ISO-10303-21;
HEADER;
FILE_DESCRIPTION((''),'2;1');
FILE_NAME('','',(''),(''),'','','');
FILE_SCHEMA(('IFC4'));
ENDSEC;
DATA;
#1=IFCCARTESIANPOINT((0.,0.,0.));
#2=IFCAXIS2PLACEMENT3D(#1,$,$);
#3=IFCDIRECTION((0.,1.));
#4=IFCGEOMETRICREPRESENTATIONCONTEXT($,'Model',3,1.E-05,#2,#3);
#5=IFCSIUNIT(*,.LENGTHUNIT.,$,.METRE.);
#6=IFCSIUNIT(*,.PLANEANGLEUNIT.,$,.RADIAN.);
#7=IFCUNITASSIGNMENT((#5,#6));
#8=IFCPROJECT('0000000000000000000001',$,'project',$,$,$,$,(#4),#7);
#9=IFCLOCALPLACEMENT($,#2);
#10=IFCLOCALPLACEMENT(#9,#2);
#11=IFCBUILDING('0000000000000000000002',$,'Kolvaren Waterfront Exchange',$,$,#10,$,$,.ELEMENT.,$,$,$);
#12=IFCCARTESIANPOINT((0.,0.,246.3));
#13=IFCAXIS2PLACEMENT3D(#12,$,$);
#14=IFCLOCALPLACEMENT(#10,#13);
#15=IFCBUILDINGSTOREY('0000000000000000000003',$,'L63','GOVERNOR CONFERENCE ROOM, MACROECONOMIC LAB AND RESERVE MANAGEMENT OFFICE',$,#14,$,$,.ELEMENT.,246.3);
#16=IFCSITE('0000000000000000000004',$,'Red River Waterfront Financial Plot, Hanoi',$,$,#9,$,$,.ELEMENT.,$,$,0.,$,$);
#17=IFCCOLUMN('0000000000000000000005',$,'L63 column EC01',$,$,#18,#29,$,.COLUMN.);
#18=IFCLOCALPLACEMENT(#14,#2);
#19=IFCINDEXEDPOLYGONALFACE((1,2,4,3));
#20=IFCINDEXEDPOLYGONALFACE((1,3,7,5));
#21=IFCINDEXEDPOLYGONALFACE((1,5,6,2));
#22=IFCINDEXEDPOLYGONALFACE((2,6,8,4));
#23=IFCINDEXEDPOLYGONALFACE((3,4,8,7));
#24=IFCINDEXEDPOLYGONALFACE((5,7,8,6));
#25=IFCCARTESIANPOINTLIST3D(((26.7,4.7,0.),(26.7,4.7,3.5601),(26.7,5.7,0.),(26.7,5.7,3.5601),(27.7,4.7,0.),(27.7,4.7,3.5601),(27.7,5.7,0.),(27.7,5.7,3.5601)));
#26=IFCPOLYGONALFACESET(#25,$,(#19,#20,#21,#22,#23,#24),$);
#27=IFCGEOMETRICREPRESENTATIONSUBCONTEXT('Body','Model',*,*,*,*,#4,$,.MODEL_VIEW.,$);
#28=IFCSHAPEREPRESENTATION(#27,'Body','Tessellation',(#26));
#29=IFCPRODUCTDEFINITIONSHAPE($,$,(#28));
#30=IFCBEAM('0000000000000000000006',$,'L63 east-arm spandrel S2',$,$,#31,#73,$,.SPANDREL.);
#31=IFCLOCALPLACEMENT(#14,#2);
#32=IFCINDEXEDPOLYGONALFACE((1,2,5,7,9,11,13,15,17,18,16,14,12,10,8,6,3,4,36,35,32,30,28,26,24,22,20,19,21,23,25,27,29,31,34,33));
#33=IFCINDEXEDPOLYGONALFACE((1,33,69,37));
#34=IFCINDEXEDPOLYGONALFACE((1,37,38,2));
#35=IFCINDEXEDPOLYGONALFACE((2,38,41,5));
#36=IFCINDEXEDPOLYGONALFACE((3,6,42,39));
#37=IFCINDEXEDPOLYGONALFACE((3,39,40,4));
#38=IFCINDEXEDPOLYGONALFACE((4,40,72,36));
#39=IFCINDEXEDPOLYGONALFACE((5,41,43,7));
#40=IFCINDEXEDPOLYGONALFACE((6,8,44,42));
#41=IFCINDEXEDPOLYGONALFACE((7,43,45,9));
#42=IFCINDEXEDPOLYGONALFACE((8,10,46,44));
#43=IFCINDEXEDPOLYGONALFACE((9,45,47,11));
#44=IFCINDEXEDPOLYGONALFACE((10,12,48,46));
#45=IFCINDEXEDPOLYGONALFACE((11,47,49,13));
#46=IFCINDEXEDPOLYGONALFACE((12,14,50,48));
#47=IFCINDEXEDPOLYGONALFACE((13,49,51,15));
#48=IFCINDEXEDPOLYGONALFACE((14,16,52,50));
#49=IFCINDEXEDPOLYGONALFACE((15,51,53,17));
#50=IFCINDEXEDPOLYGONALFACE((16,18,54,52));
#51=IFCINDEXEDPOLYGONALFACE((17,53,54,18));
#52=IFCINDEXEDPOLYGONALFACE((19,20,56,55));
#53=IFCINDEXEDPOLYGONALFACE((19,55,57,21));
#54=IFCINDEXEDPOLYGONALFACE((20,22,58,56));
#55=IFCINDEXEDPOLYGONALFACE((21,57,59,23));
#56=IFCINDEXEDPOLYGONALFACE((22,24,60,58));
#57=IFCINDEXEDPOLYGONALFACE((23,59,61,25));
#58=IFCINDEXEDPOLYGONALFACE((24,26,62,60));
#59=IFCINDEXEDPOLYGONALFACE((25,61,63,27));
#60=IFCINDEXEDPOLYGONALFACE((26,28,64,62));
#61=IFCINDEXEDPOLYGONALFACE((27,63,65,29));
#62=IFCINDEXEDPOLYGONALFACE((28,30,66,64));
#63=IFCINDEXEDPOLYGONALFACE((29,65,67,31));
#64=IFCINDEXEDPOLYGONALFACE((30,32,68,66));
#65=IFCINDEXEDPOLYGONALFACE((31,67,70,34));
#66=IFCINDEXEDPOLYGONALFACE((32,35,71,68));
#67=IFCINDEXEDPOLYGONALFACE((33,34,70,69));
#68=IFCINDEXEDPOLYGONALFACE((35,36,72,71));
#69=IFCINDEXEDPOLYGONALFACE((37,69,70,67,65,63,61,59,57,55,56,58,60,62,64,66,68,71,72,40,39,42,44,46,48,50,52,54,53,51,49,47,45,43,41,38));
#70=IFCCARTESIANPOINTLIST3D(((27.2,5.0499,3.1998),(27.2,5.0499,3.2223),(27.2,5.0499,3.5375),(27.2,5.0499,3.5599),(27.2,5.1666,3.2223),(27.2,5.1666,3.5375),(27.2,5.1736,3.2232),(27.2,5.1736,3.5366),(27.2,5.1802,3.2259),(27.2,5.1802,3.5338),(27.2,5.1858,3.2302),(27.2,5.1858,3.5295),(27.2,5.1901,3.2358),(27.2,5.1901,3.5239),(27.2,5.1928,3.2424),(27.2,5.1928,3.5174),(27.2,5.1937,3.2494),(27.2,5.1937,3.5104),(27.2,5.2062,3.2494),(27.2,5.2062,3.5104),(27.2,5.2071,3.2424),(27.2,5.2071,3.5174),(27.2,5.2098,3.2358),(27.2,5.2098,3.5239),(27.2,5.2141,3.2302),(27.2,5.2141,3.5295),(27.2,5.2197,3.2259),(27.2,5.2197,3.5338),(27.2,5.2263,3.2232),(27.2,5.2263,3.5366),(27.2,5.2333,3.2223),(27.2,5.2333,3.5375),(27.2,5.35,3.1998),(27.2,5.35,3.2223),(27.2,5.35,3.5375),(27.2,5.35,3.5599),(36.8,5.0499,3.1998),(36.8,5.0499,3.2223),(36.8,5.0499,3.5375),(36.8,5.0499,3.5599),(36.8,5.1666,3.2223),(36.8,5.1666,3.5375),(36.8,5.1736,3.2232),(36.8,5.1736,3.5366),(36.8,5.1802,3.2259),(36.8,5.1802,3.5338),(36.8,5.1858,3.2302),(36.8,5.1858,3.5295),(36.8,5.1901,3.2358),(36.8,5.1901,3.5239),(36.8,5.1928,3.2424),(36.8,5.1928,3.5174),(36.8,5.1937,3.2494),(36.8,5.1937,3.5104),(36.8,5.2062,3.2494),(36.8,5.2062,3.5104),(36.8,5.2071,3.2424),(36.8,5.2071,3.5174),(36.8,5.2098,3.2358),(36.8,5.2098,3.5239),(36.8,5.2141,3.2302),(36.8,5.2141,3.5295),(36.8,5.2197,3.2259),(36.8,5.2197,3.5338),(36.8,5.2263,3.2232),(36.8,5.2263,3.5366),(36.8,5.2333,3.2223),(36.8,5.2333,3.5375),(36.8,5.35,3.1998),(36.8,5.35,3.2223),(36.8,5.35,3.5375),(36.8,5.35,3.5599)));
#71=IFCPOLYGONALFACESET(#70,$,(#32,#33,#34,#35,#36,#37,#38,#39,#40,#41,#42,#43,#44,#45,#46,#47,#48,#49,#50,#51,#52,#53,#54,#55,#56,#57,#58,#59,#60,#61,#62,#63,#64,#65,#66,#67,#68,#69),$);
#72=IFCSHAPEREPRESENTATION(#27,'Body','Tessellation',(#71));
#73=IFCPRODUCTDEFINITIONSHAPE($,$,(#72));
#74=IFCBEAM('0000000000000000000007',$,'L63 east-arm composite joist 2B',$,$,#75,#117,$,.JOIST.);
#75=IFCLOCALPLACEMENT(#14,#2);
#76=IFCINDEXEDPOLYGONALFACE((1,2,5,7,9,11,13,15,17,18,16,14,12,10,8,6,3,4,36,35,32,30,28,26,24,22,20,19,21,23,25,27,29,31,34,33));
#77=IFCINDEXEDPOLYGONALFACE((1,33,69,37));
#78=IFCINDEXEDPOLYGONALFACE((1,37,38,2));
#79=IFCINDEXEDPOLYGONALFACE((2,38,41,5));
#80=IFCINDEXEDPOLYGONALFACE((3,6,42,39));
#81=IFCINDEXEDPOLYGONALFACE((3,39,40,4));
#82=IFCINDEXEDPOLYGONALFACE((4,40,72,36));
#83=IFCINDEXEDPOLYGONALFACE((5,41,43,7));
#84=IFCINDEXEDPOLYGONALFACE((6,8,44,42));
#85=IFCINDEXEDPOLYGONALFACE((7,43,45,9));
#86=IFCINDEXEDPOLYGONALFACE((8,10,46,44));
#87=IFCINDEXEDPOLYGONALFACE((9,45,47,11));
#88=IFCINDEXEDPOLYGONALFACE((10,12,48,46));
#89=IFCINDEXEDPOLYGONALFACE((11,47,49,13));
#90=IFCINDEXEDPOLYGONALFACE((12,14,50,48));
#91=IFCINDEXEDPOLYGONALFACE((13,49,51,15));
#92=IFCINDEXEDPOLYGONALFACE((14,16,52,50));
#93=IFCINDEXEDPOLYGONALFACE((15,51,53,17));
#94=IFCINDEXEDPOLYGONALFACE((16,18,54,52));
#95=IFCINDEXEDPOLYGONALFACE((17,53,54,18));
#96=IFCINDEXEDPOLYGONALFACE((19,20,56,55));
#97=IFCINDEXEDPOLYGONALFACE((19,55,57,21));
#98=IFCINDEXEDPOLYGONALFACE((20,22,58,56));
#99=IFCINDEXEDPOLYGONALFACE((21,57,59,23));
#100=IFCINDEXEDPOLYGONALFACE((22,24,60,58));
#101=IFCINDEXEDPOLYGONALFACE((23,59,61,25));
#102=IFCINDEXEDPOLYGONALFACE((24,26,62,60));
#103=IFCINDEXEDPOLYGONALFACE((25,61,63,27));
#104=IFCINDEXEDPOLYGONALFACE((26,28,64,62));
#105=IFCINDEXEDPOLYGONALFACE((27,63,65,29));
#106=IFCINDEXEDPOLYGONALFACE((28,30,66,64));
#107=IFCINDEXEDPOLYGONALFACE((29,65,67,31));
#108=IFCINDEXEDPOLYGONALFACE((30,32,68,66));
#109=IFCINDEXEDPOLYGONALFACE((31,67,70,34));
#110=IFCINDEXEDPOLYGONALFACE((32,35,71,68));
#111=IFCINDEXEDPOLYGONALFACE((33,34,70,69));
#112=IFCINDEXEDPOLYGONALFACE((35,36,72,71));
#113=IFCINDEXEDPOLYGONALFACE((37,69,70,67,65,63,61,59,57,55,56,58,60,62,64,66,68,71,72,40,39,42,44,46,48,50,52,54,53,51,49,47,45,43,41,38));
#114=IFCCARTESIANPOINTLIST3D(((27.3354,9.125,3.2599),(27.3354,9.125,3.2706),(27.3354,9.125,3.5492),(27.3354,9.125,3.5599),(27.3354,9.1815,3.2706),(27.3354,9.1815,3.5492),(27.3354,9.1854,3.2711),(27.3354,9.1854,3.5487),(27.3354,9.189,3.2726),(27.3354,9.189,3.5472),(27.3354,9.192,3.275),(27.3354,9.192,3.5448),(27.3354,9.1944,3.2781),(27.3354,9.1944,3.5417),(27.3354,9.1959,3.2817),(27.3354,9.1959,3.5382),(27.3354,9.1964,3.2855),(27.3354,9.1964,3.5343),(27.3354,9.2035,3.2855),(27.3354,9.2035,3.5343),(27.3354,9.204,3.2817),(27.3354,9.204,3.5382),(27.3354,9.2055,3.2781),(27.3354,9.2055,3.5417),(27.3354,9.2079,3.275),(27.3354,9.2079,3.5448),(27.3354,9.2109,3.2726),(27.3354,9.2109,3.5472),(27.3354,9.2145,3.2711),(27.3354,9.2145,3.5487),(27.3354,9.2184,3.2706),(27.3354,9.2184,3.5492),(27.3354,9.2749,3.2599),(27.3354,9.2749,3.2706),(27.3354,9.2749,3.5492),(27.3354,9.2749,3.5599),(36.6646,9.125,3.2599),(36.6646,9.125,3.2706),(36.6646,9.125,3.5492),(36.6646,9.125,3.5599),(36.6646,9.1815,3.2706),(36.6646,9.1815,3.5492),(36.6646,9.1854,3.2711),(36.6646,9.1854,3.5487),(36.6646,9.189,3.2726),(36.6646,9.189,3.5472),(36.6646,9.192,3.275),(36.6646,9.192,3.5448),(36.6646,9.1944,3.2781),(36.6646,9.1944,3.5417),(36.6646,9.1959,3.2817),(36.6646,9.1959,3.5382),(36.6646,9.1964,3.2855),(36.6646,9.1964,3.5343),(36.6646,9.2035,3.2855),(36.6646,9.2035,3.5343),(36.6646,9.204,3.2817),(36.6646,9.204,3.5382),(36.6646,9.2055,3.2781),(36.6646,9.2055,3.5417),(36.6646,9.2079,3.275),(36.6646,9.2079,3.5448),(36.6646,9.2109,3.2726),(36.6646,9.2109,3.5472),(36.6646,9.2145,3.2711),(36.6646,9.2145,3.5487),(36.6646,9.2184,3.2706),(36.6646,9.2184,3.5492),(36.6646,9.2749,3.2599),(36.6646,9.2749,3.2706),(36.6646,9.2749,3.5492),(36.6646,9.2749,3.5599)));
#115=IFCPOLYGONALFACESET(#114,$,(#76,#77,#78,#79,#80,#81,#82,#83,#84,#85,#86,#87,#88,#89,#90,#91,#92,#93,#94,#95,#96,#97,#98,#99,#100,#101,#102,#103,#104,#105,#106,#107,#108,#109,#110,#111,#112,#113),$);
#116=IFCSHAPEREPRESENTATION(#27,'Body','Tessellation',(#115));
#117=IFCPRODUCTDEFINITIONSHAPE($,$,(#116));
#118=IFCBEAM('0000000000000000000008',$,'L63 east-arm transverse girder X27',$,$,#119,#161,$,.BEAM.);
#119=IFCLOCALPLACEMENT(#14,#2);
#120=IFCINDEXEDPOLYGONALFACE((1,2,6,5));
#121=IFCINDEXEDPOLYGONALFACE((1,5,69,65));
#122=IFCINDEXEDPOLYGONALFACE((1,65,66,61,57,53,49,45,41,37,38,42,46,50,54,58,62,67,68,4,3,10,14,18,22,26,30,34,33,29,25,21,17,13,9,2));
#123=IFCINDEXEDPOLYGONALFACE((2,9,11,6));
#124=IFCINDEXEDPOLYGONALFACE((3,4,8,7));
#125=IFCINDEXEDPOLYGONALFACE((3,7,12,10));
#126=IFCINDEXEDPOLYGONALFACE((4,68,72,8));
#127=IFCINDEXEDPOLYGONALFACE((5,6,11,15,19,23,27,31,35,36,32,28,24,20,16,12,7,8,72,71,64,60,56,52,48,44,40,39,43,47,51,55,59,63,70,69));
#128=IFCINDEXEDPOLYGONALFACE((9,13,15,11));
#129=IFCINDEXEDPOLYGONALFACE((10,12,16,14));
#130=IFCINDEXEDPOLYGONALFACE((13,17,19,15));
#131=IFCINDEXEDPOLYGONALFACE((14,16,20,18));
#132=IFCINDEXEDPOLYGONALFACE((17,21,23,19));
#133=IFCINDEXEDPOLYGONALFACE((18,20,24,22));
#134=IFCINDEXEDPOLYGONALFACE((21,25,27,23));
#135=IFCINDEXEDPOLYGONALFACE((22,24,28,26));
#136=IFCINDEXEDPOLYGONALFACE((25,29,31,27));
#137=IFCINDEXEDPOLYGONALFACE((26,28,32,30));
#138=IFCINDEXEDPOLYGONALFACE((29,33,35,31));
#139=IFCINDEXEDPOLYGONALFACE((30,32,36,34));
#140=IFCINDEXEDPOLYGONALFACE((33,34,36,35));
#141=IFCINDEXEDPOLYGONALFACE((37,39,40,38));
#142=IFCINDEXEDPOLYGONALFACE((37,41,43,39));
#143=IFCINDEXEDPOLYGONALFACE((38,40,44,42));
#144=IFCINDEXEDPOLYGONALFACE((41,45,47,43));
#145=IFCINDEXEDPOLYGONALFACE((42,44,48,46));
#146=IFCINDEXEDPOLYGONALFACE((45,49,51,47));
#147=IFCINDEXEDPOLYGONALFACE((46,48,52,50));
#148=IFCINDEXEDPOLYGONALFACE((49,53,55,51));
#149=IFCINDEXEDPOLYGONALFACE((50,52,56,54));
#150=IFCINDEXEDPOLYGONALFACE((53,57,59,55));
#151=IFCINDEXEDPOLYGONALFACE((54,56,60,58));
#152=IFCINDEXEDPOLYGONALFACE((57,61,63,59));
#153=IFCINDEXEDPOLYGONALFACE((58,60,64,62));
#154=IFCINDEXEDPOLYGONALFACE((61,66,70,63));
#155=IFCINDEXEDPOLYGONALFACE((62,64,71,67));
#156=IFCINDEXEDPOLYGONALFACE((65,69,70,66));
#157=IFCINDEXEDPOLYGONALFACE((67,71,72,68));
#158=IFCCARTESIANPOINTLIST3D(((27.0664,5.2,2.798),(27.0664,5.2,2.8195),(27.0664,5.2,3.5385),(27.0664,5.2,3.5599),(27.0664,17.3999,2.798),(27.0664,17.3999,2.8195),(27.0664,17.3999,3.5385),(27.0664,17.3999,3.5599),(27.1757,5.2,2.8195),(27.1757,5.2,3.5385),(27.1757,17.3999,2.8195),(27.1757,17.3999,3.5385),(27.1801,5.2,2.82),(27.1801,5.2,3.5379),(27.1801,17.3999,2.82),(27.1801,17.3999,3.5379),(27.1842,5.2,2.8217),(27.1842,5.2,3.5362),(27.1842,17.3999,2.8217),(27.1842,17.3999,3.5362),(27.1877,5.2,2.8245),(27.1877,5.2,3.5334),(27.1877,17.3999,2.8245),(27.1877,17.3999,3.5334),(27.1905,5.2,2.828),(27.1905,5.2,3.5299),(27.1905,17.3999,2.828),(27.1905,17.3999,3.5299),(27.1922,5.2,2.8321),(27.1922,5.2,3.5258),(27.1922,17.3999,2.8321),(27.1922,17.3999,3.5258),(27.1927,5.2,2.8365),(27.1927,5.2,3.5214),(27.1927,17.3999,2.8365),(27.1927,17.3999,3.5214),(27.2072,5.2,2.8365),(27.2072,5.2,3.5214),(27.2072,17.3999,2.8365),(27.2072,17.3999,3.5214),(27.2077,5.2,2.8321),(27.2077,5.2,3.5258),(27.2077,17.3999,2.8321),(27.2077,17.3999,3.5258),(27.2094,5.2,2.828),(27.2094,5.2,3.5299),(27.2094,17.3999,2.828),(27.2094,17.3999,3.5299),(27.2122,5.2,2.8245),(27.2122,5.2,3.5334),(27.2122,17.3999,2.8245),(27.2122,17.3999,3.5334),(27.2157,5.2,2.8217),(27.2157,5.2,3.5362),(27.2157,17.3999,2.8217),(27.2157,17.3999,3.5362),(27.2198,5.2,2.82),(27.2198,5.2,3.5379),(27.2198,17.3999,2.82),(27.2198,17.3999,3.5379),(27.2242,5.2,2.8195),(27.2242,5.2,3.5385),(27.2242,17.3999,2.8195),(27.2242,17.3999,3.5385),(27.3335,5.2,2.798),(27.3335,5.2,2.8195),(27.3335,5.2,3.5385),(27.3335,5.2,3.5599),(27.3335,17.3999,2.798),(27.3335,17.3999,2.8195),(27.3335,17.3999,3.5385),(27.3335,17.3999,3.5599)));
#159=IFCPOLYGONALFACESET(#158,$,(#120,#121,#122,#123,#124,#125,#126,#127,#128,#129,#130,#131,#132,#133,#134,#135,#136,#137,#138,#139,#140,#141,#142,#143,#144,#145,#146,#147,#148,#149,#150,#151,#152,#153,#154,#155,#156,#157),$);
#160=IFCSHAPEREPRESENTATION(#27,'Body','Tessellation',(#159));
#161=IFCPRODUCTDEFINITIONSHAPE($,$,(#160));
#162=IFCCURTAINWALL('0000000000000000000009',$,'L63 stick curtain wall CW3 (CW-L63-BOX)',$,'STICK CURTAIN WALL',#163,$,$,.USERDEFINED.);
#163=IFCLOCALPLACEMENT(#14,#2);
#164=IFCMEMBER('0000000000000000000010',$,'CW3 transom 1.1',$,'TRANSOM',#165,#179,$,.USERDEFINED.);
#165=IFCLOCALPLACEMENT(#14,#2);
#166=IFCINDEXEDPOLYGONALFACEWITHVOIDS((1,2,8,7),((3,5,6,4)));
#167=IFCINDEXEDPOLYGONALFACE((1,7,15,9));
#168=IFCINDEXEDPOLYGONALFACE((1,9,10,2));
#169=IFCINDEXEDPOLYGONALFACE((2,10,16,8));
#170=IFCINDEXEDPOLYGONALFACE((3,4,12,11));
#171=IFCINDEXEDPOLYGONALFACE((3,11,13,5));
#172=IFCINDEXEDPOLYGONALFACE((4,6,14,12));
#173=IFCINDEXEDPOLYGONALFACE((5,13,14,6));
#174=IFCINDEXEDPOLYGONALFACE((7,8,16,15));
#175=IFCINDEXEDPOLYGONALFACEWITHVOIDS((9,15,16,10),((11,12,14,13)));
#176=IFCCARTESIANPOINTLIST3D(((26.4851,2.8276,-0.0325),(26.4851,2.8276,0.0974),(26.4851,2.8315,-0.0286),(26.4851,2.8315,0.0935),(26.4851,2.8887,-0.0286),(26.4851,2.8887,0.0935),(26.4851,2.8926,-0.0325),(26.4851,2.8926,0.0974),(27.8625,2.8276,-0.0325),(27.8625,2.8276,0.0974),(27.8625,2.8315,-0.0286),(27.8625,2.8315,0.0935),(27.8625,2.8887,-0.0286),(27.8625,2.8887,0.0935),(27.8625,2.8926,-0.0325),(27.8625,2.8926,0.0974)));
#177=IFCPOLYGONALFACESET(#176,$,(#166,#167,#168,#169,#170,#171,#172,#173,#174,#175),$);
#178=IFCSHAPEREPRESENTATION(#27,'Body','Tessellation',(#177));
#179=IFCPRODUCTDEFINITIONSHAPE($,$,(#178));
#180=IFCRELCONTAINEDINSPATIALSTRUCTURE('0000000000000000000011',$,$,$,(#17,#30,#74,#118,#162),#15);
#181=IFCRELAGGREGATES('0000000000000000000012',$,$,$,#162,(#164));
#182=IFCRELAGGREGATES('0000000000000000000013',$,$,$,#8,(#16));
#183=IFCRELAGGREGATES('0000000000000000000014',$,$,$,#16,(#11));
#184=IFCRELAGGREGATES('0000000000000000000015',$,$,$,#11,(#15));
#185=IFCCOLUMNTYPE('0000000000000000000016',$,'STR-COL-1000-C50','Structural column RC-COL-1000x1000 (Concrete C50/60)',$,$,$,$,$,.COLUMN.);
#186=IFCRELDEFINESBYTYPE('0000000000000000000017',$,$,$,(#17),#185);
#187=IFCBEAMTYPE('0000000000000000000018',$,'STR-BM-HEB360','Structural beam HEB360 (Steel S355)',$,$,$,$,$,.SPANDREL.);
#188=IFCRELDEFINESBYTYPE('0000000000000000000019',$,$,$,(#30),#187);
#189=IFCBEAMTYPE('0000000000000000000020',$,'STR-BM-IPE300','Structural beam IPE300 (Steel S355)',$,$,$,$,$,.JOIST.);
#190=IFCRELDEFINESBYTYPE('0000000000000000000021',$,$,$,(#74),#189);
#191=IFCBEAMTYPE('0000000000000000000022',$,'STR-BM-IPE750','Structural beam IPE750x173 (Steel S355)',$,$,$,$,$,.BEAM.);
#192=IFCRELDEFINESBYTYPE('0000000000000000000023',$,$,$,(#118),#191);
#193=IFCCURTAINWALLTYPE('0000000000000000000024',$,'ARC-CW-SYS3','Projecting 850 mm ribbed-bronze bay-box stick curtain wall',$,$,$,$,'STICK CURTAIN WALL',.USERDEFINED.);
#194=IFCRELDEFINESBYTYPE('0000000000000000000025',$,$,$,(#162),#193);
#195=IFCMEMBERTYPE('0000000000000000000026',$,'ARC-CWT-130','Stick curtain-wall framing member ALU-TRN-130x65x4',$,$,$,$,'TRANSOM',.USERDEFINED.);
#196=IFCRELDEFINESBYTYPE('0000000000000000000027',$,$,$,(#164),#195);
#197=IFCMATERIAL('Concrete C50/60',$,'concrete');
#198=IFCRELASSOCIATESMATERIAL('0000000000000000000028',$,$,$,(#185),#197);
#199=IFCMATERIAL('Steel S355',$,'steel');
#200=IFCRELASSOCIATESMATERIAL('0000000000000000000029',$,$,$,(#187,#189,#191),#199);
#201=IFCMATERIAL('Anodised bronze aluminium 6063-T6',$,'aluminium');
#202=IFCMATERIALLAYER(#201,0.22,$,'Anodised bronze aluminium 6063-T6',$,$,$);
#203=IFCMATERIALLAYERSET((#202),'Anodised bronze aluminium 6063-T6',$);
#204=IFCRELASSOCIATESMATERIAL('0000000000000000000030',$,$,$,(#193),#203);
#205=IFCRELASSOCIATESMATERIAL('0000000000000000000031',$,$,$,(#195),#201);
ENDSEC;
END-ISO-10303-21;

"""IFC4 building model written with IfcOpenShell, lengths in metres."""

from ifc_helpers import new_model, si_unit, direction, frame, origin, origin_with_axes, origin_2d, place, context, subcontext, project, spatial, rectangle, hollow_rectangle, i_section, extrude, source, transform, mapped, material, layer, layer_set, material_profile, profile_set, type_object, element, aggregate, save


model = new_model("IFC4")

# Units and contexts
model_context = context("Model", 3, precision=1e-05, world=origin(), true_north=direction((0.0, 1.0)))
body_context = subcontext(model_context, "Body", "Model", "MODEL_VIEW")
ifc_project = project(units=[si_unit("LENGTHUNIT", "METRE"), si_unit("PLANEANGLEUNIT", "RADIAN")], contexts=[model_context])

# Site, building, storey
site_placement = place(None, origin())
site = spatial("IfcSite", under=ifc_project, at=site_placement, Name="Red River Waterfront Financial Plot, Hanoi", CompositionType="ELEMENT", RefElevation=0.0)
building_placement = place(site_placement, origin())
building = spatial("IfcBuilding", under=site, at=building_placement, Name="Kolvaren Waterfront Exchange", CompositionType="ELEMENT")
storey_placement = place(building_placement, frame((0.0, 0.0, 246.3)))
storey = spatial("IfcBuildingStorey", under=building, at=storey_placement, Name="L63", Description="GOVERNOR CONFERENCE ROOM, MACROECONOMIC LAB AND RESERVE MANAGEMENT OFFICE", CompositionType="ELEMENT", Elevation=246.3)

# Column
ifc_material_1 = material(Name="Concrete C50/60", Category="concrete")
ifc_material_profile_1 = material_profile(ifc_material_1, rectangle(XDim=1.0, YDim=1.0, at=origin_2d()), Name="RC-COL-1000x1000")
ifc_profile_set_1 = profile_set([ifc_material_profile_1], Name="Concrete C50/60")
column_type = type_object("IfcColumnType", Name="STR-COL-1000-C50", Description="Structural column RC-COL-1000x1000 (Concrete C50/60)", PredefinedType="COLUMN", material=ifc_profile_set_1)
column_placement = place(storey_placement, frame((27.2, 5.2, 0.0), z_axis=(0.0, 0.0, 1.0), x_axis=(1.0, 0.0, 0.0)))
element("IfcColumn", 1, at=column_placement, inside=storey, type_object=column_type, Name="L63 column EC01", PredefinedType="COLUMN", context=body_context, shape_type="SweptSolid", body=[
    extrude(rectangle(XDim=1.0, YDim=1.0, at=origin_2d()), origin(), (0.0, 0.0, 1.0), 3.5601),
])

# Beams
ifc_material_2 = material(Name="Steel S355", Category="steel")
ifc_material_profile_2 = material_profile(ifc_material_2, i_section(OverallWidth=0.3, OverallDepth=0.3601, WebThickness=0.0125, FlangeThickness=0.0225, FilletRadius=0.0271, at=origin_2d()), Name="HEB360")
ifc_profile_set_2 = profile_set([ifc_material_profile_2], Name="Steel S355")
beam_type_1 = type_object("IfcBeamType", Name="STR-BM-HEB360", Description="Structural beam HEB360 (Steel S355)", PredefinedType="SPANDREL", material=ifc_profile_set_2)
beam_1_placement = place(storey_placement, frame((27.2, 5.2, 3.3799), z_axis=(1.0, 0.0, 0.0), x_axis=(0.0, 1.0, 0.0)))
element("IfcBeam", 2, at=beam_1_placement, inside=storey, type_object=beam_type_1, Name="L63 east-arm spandrel S2", PredefinedType="SPANDREL", context=body_context, shape_type="SweptSolid", body=[
    extrude(i_section(OverallWidth=0.3, OverallDepth=0.3601, WebThickness=0.0125, FlangeThickness=0.0225, FilletRadius=0.0271, at=origin_2d()), origin(), (0.0, 0.0, 1.0), 9.6001),
])
ifc_material_profile_3 = material_profile(ifc_material_2, i_section(OverallWidth=0.1499, OverallDepth=0.3, WebThickness=0.0071, FlangeThickness=0.0107, FilletRadius=0.0149, at=origin_2d()), Name="IPE300")
ifc_profile_set_3 = profile_set([ifc_material_profile_3], Name="Steel S355")
beam_type_2 = type_object("IfcBeamType", Name="STR-BM-IPE300", Description="Structural beam IPE300 (Steel S355)", PredefinedType="JOIST", material=ifc_profile_set_3)
beam_2_placement = place(storey_placement, frame((27.3354, 9.2, 3.4099), z_axis=(1.0, 0.0, 0.0), x_axis=(0.0, 1.0, 0.0)))
element("IfcBeam", 3, at=beam_2_placement, inside=storey, type_object=beam_type_2, Name="L63 east-arm composite joist 2B", PredefinedType="JOIST", context=body_context, shape_type="SweptSolid", body=[
    extrude(i_section(OverallWidth=0.1499, OverallDepth=0.3, WebThickness=0.0071, FlangeThickness=0.0107, FilletRadius=0.0149, at=origin_2d()), origin(), (0.0, 0.0, 1.0), 9.3291),
])
ifc_material_profile_4 = material_profile(ifc_material_2, i_section(OverallWidth=0.2671, OverallDepth=0.762, WebThickness=0.0144, FlangeThickness=0.0215, FilletRadius=0.0171, at=origin_2d()), Name="IPE750x173")
ifc_profile_set_4 = profile_set([ifc_material_profile_4], Name="Steel S355")
beam_type_3 = type_object("IfcBeamType", Name="STR-BM-IPE750", Description="Structural beam IPE750x173 (Steel S355)", PredefinedType="BEAM", material=ifc_profile_set_4)
beam_3_placement = place(storey_placement, frame((27.2, 5.2, 3.179), z_axis=(0.0, 1.0, 0.0), x_axis=(-1.0, 0.0, 0.0)))
element("IfcBeam", 4, at=beam_3_placement, inside=storey, type_object=beam_type_3, Name="L63 east-arm transverse girder X27", PredefinedType="BEAM", context=body_context, shape_type="SweptSolid", body=[
    extrude(i_section(OverallWidth=0.2671, OverallDepth=0.762, WebThickness=0.0144, FlangeThickness=0.0215, FilletRadius=0.0171, at=origin_2d()), origin(), (0.0, 0.0, 1.0), 12.2),
])

# Curtain wall, member
ifc_material_3 = material(Name="Anodised bronze aluminium 6063-T6", Category="aluminium")
ifc_layer_1 = layer(ifc_material_3, 0.22, Name="Anodised bronze aluminium 6063-T6")
ifc_layer_set_1 = layer_set([ifc_layer_1], Name="Anodised bronze aluminium 6063-T6")
curtain_wall_type_1 = type_object("IfcCurtainWallType", Name="ARC-CW-SYS3", Description="Projecting 850 mm ribbed-bronze bay-box stick curtain wall", ElementType="STICK CURTAIN WALL", PredefinedType="USERDEFINED", material=ifc_layer_set_1)
curtain_wall_1_placement = place(storey_placement, origin())
curtain_wall_1 = element("IfcCurtainWall", 5, at=curtain_wall_1_placement, inside=storey, type_object=curtain_wall_type_1, Name="L63 stick curtain wall CW3 (CW-L63-BOX)", ObjectType="STICK CURTAIN WALL", PredefinedType="USERDEFINED")
ifc_material_profile_5 = material_profile(ifc_material_3, hollow_rectangle(XDim=0.0649, YDim=0.1299, WallThickness=0.0039, at=origin_2d()), Name="ALU-TRN-130x65x4")
ifc_profile_set_5 = profile_set([ifc_material_profile_5], Name="Anodised bronze aluminium 6063-T6")
member_type_1 = type_object("IfcMemberType", Name="ARC-CWT-130", Description="Stick curtain-wall framing member ALU-TRN-130x65x4", ElementType="TRANSOM", PredefinedType="USERDEFINED", material=ifc_profile_set_5)
shared_shape_1 = source(origin_with_axes(), body_context, "Body", "SweptSolid", [
    extrude(hollow_rectangle(XDim=0.0649, YDim=0.1299, WallThickness=0.0039, at=origin_2d()), origin(), (0.0, 0.0, 1.0), 1.3774),
])
member_1_placement = place(storey_placement, frame((26.4851, 2.8601, 0.0325), z_axis=(1.0, 0.0, 0.0), x_axis=(0.0, 1.0, 0.0)))
member_1 = element("IfcMember", 6, at=member_1_placement, type_object=member_type_1, Name="CW3 transom 1.1", ObjectType="TRANSOM", PredefinedType="USERDEFINED", context=body_context, shape_type="MappedRepresentation", body=[
    mapped(shared_shape_1, transform((0.0, 0.0, 0.0), x_axis=(1.0, 0.0, 0.0), y_axis=(0.0, 1.0, 0.0), z_axis=(0.0, 0.0, 1.0), scale=1.0)),
])

aggregate(curtain_wall_1, [member_1])

save(model, "model.ifc")
